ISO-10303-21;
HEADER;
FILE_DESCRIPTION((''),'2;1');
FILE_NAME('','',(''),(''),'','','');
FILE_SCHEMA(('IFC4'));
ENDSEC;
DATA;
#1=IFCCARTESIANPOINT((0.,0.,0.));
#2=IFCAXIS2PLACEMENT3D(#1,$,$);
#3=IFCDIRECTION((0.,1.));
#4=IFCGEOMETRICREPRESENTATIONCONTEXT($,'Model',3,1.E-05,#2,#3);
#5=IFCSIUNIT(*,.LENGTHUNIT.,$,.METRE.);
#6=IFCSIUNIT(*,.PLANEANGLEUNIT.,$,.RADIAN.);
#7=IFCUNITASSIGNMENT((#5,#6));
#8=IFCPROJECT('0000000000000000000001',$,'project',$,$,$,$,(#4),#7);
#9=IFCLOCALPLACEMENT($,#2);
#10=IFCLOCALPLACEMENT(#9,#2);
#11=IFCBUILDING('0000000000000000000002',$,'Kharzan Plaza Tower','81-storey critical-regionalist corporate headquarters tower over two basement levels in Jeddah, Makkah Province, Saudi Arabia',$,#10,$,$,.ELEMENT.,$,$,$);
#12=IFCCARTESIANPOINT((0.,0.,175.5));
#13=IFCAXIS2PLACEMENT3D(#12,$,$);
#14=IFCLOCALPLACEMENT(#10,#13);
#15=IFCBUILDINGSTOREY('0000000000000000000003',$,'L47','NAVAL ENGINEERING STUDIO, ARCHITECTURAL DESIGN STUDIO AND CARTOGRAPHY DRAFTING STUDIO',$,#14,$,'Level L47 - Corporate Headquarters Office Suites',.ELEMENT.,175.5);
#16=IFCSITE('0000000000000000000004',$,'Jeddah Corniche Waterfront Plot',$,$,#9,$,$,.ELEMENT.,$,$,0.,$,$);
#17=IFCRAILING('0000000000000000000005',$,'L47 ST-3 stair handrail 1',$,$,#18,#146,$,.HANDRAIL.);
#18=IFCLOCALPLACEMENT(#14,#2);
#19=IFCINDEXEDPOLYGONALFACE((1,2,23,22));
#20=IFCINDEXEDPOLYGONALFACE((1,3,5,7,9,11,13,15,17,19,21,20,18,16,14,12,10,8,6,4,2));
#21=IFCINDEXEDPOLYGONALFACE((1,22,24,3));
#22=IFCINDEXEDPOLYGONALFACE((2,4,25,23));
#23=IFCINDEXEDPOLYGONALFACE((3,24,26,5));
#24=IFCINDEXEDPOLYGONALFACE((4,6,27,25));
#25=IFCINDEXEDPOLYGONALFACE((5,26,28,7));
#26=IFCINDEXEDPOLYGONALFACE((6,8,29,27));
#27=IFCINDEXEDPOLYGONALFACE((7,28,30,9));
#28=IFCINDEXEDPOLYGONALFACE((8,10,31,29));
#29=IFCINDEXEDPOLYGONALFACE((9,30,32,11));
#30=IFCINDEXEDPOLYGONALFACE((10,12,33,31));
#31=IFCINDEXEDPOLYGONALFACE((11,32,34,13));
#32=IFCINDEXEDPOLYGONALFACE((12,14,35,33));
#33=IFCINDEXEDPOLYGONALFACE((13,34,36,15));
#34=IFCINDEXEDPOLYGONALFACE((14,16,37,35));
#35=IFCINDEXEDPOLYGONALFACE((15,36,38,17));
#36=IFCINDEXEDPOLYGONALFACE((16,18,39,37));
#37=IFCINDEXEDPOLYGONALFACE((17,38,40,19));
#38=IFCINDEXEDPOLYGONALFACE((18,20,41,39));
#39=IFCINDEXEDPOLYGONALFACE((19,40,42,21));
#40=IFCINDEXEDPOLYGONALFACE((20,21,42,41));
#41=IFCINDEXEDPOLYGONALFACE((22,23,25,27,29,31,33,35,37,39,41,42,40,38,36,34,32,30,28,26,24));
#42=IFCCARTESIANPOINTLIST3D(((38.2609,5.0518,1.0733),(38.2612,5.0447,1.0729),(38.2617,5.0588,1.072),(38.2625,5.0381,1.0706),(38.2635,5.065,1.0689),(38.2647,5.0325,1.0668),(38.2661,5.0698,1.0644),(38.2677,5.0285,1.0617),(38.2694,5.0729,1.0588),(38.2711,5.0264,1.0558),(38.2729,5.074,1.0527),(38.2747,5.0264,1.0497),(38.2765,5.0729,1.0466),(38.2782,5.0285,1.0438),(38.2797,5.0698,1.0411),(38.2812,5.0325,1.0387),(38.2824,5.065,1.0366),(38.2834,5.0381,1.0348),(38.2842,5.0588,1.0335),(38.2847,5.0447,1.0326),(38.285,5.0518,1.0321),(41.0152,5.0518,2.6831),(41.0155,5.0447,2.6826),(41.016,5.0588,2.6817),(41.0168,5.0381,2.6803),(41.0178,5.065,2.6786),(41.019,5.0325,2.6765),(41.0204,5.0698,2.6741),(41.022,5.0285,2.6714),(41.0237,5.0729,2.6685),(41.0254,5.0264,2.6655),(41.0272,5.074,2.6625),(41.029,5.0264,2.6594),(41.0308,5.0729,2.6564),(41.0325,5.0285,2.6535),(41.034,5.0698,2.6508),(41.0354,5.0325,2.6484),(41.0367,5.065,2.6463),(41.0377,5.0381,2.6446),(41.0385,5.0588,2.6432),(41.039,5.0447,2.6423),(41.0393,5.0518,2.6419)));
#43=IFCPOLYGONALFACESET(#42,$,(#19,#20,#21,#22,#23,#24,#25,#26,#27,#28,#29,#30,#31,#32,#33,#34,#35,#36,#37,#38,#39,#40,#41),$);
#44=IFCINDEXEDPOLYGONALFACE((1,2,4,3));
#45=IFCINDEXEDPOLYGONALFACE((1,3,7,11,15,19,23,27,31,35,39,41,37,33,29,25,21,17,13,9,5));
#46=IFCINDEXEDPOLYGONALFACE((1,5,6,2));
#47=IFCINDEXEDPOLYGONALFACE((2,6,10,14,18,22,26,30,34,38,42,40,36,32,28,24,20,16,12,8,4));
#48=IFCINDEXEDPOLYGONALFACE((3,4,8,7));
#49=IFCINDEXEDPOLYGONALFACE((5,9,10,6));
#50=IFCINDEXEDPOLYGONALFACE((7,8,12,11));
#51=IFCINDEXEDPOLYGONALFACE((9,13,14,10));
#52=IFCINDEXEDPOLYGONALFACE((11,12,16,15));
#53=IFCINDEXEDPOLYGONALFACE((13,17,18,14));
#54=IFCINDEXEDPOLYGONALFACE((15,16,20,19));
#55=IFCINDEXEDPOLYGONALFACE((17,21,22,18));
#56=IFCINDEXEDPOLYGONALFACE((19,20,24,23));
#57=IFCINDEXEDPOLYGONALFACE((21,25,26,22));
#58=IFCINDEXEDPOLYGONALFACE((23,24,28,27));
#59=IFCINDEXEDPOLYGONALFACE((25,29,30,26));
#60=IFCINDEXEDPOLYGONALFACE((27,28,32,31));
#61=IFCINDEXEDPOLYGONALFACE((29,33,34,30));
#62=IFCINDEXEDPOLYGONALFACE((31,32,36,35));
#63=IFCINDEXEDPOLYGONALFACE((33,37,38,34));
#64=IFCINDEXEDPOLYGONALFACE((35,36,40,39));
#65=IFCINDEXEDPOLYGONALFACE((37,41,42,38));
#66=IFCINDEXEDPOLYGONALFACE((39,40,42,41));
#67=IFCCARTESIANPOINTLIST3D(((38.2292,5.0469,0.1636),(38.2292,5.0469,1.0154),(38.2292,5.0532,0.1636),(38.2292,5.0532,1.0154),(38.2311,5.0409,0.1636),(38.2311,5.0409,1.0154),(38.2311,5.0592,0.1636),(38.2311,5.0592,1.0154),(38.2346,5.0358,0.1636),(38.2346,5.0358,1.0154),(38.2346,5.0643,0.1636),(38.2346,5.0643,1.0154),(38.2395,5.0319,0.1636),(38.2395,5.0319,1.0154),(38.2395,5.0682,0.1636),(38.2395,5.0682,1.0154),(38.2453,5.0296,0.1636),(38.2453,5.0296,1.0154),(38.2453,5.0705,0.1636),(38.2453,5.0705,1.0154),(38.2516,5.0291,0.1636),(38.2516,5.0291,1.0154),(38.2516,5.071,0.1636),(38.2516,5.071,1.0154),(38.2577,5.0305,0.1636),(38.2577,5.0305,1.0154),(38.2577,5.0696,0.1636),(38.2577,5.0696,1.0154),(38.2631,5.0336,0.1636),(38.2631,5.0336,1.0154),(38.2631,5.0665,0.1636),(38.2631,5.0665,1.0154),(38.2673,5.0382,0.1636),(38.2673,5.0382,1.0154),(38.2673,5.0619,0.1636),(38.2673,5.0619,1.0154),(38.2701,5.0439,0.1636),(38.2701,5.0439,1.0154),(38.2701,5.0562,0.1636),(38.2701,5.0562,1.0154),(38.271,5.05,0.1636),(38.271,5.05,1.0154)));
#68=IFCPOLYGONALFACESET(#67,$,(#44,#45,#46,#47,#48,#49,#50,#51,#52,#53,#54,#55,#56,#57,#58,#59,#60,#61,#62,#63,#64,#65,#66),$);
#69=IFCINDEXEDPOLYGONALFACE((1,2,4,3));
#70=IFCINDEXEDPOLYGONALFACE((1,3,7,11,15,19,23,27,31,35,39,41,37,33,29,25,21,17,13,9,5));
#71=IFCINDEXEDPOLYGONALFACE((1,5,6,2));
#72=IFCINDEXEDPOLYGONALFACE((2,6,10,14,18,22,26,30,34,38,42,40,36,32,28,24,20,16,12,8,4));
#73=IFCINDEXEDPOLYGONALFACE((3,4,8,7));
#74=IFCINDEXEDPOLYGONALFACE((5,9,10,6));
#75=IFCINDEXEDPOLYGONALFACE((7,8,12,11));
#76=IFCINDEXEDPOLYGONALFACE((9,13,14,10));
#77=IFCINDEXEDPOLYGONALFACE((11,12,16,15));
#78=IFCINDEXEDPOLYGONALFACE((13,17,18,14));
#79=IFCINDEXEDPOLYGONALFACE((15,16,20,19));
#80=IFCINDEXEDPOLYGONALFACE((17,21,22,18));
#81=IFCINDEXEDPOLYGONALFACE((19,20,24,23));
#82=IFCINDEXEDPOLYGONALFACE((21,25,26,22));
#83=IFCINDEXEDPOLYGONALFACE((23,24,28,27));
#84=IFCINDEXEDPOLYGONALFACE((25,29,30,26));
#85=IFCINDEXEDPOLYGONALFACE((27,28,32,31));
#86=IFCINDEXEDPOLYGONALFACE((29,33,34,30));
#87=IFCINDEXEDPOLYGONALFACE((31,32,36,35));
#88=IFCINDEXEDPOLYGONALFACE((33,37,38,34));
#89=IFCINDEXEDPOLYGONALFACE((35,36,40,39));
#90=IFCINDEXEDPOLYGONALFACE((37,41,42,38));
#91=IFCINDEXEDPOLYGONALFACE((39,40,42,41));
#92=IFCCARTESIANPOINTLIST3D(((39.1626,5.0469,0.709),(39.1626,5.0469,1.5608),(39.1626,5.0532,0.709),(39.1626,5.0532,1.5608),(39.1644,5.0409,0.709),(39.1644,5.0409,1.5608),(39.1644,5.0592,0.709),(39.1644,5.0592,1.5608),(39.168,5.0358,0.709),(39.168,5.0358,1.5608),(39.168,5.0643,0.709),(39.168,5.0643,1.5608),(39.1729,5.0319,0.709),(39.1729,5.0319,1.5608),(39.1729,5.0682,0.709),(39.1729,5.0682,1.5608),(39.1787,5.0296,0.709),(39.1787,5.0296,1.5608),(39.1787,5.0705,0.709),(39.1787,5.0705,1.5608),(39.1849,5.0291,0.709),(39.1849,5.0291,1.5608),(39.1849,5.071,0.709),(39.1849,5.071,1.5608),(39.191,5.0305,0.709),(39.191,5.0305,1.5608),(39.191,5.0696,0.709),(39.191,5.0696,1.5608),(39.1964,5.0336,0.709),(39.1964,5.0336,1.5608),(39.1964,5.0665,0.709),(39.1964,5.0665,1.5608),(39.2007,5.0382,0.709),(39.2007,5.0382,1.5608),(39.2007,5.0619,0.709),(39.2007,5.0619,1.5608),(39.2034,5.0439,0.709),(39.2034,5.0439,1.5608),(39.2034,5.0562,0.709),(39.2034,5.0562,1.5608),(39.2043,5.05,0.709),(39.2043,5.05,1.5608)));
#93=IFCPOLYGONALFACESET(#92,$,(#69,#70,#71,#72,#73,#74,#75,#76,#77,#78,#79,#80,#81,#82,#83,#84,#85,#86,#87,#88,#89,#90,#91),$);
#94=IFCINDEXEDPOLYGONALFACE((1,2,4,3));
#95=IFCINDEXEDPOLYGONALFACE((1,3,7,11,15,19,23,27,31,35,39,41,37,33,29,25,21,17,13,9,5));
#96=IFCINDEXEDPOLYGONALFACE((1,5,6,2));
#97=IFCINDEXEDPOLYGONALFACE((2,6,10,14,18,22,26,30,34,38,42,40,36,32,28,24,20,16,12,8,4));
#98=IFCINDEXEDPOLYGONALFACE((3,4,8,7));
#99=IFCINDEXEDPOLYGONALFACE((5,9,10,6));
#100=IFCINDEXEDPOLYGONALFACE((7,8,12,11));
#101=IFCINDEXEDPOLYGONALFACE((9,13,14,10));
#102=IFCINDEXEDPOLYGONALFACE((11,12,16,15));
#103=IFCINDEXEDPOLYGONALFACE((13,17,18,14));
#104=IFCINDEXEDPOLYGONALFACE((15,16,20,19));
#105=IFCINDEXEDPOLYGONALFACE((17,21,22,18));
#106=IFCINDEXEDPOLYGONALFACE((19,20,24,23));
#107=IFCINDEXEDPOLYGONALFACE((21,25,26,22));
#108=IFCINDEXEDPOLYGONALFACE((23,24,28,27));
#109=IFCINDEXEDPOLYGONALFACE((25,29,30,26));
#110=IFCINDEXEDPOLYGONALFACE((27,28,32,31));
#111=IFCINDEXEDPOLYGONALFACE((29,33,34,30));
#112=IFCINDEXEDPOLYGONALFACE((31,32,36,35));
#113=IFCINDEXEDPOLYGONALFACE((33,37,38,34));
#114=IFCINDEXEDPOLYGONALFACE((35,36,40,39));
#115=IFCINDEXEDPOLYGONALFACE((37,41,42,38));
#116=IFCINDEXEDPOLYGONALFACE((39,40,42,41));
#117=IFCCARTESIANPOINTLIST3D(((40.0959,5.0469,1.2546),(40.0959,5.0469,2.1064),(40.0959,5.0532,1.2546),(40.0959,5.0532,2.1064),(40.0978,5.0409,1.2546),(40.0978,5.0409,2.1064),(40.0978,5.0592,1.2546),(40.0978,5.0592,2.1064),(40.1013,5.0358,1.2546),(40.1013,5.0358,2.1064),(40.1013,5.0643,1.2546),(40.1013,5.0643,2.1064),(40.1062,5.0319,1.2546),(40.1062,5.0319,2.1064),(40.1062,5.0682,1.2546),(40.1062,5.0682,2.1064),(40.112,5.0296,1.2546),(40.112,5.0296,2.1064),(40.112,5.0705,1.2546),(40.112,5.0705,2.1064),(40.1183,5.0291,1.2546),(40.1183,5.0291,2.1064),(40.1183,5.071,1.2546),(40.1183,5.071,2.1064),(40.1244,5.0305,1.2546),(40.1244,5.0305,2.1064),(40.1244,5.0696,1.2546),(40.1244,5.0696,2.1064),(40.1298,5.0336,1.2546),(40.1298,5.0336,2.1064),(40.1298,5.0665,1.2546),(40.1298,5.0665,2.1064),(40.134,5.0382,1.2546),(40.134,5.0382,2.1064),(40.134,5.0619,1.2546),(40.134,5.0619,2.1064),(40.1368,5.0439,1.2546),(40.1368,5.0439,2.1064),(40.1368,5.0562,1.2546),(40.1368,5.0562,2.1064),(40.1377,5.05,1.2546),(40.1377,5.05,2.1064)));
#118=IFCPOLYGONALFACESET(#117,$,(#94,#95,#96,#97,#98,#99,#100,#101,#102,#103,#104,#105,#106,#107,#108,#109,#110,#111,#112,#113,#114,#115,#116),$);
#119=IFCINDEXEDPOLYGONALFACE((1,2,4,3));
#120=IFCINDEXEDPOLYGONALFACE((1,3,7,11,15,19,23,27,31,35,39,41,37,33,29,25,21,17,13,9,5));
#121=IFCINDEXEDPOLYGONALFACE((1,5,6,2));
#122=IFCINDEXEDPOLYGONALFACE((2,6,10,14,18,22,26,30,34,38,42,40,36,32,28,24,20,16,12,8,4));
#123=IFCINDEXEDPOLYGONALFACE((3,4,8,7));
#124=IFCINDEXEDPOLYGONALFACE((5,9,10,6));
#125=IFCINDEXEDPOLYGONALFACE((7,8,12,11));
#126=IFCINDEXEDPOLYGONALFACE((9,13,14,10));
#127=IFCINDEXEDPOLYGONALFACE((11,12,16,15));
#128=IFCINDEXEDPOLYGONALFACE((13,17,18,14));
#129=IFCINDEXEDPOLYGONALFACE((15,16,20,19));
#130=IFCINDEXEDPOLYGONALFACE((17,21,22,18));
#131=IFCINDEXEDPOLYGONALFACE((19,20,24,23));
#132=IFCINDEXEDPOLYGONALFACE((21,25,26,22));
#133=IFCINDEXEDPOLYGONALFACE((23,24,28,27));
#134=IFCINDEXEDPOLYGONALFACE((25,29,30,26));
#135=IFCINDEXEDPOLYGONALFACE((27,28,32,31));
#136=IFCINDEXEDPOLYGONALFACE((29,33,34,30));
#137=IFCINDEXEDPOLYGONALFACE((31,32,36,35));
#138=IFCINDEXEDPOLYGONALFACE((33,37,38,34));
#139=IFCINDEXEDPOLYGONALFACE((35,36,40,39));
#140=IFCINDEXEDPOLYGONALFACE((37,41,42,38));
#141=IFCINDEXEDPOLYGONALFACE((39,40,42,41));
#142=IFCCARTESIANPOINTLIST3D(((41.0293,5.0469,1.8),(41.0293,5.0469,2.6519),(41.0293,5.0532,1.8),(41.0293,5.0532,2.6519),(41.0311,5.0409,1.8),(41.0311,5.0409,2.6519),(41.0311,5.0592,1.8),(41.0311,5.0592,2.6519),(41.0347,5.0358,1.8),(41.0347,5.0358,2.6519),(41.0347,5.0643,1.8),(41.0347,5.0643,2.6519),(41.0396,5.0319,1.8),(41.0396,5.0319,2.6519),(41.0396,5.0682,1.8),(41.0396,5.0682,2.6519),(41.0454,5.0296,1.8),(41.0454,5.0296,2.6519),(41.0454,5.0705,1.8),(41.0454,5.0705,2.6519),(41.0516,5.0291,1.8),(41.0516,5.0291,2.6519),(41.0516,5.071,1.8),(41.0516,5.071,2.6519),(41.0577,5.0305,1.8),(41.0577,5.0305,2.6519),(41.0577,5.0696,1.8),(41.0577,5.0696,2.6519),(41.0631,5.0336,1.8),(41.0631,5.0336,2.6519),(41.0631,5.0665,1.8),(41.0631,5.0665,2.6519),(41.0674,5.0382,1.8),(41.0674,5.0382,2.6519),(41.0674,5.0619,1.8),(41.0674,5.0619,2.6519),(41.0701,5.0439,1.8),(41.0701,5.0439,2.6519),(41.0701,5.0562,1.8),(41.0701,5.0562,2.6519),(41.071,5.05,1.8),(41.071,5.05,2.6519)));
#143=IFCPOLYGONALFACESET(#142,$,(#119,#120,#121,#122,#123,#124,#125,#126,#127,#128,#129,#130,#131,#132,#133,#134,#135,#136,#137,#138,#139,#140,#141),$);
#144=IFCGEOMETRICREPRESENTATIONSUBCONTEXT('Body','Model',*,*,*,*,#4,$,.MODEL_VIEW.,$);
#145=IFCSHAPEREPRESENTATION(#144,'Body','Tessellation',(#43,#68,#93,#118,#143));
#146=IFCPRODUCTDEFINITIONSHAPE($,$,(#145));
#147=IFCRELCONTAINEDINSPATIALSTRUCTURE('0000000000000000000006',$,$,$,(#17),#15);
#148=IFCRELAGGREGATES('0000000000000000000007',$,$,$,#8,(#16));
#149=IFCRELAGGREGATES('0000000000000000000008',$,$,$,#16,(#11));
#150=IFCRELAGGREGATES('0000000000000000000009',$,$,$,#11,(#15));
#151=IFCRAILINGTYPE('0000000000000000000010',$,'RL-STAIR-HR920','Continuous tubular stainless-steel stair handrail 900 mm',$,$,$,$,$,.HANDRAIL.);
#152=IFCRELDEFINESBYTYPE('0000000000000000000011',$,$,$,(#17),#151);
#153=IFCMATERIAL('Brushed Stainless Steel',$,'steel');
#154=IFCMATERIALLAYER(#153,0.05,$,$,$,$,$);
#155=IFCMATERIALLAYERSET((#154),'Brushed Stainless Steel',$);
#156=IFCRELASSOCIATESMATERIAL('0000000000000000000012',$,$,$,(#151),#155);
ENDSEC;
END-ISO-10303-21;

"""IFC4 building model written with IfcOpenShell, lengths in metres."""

from ifc_helpers import new_model, si_unit, direction, frame, origin, origin_2d, place, context, subcontext, project, spatial, circle, extrude, source, transform, mapped, material, layer, layer_set, type_object, element, save


model = new_model("IFC4")

# Units and contexts
model_context = context("Model", 3, precision=1e-05, world=origin(), true_north=direction((0.0, 1.0)))
body_context = subcontext(model_context, "Body", "Model", "MODEL_VIEW")
ifc_project = project(units=[si_unit("LENGTHUNIT", "METRE"), si_unit("PLANEANGLEUNIT", "RADIAN")], contexts=[model_context])

# Site, building, storey
site_placement = place(None, origin())
site = spatial("IfcSite", under=ifc_project, at=site_placement, Name="Jeddah Corniche Waterfront Plot", CompositionType="ELEMENT", RefElevation=0.0)
building_placement = place(site_placement, origin())
building = spatial("IfcBuilding", under=site, at=building_placement, Name="Kharzan Plaza Tower", Description="81-storey critical-regionalist corporate headquarters tower over two basement levels in Jeddah, Makkah Province, Saudi Arabia", CompositionType="ELEMENT")
storey_placement = place(building_placement, frame((0.0, 0.0, 175.5)))
storey = spatial("IfcBuildingStorey", under=building, at=storey_placement, Name="L47", Description="NAVAL ENGINEERING STUDIO, ARCHITECTURAL DESIGN STUDIO AND CARTOGRAPHY DRAFTING STUDIO", LongName="Level L47 - Corporate Headquarters Office Suites", CompositionType="ELEMENT", Elevation=175.5)

# Railing
ifc_material_1 = material(Name="Brushed Stainless Steel", Category="steel")
ifc_layer_1 = layer(ifc_material_1, 0.05)
ifc_layer_set_1 = layer_set([ifc_layer_1], Name="Brushed Stainless Steel")
railing_type_1 = type_object("IfcRailingType", Name="RL-STAIR-HR920", Description="Continuous tubular stainless-steel stair handrail 900 mm", PredefinedType="HANDRAIL", material=ifc_layer_set_1)
shared_shape_1 = source(origin(), body_context, "Body", "SweptSolid", [
    extrude(circle(Radius=0.0239, at=origin_2d()), frame((0.0229, 0.0, 0.8892), z_axis=(0.863361, 0.0, 0.504587), x_axis=(0.0, 1.0, 0.0)), (0.0, 0.0, 1.0), 3.1902),
    extrude(circle(Radius=0.021, at=origin_2d()), origin(), (0.0, 0.0, 1.0), 0.8518),
    extrude(circle(Radius=0.021, at=origin_2d()), frame((0.9333, 0.0, 0.5454)), (0.0, 0.0, 1.0), 0.8518),
    extrude(circle(Radius=0.021, at=origin_2d()), frame((1.8667, 0.0, 1.0911)), (0.0, 0.0, 1.0), 0.8518),
    extrude(circle(Radius=0.021, at=origin_2d()), frame((2.8, 0.0, 1.6365)), (0.0, 0.0, 1.0), 0.8518),
])
railing_1_placement = place(storey_placement, frame((38.25, 5.05, 0.1636)))
element("IfcRailing", 1, at=railing_1_placement, inside=storey, type_object=railing_type_1, Name="L47 ST-3 stair handrail 1", PredefinedType="HANDRAIL", context=body_context, shape_type="MappedRepresentation", body=[
    mapped(shared_shape_1, transform((0.0, 0.0, 0.0), x_axis=(1.0, 0.0, 0.0), y_axis=(0.0, 1.0, 0.0), z_axis=(0.0, 0.0, 1.0))),
])

save(model, "model.ifc")
